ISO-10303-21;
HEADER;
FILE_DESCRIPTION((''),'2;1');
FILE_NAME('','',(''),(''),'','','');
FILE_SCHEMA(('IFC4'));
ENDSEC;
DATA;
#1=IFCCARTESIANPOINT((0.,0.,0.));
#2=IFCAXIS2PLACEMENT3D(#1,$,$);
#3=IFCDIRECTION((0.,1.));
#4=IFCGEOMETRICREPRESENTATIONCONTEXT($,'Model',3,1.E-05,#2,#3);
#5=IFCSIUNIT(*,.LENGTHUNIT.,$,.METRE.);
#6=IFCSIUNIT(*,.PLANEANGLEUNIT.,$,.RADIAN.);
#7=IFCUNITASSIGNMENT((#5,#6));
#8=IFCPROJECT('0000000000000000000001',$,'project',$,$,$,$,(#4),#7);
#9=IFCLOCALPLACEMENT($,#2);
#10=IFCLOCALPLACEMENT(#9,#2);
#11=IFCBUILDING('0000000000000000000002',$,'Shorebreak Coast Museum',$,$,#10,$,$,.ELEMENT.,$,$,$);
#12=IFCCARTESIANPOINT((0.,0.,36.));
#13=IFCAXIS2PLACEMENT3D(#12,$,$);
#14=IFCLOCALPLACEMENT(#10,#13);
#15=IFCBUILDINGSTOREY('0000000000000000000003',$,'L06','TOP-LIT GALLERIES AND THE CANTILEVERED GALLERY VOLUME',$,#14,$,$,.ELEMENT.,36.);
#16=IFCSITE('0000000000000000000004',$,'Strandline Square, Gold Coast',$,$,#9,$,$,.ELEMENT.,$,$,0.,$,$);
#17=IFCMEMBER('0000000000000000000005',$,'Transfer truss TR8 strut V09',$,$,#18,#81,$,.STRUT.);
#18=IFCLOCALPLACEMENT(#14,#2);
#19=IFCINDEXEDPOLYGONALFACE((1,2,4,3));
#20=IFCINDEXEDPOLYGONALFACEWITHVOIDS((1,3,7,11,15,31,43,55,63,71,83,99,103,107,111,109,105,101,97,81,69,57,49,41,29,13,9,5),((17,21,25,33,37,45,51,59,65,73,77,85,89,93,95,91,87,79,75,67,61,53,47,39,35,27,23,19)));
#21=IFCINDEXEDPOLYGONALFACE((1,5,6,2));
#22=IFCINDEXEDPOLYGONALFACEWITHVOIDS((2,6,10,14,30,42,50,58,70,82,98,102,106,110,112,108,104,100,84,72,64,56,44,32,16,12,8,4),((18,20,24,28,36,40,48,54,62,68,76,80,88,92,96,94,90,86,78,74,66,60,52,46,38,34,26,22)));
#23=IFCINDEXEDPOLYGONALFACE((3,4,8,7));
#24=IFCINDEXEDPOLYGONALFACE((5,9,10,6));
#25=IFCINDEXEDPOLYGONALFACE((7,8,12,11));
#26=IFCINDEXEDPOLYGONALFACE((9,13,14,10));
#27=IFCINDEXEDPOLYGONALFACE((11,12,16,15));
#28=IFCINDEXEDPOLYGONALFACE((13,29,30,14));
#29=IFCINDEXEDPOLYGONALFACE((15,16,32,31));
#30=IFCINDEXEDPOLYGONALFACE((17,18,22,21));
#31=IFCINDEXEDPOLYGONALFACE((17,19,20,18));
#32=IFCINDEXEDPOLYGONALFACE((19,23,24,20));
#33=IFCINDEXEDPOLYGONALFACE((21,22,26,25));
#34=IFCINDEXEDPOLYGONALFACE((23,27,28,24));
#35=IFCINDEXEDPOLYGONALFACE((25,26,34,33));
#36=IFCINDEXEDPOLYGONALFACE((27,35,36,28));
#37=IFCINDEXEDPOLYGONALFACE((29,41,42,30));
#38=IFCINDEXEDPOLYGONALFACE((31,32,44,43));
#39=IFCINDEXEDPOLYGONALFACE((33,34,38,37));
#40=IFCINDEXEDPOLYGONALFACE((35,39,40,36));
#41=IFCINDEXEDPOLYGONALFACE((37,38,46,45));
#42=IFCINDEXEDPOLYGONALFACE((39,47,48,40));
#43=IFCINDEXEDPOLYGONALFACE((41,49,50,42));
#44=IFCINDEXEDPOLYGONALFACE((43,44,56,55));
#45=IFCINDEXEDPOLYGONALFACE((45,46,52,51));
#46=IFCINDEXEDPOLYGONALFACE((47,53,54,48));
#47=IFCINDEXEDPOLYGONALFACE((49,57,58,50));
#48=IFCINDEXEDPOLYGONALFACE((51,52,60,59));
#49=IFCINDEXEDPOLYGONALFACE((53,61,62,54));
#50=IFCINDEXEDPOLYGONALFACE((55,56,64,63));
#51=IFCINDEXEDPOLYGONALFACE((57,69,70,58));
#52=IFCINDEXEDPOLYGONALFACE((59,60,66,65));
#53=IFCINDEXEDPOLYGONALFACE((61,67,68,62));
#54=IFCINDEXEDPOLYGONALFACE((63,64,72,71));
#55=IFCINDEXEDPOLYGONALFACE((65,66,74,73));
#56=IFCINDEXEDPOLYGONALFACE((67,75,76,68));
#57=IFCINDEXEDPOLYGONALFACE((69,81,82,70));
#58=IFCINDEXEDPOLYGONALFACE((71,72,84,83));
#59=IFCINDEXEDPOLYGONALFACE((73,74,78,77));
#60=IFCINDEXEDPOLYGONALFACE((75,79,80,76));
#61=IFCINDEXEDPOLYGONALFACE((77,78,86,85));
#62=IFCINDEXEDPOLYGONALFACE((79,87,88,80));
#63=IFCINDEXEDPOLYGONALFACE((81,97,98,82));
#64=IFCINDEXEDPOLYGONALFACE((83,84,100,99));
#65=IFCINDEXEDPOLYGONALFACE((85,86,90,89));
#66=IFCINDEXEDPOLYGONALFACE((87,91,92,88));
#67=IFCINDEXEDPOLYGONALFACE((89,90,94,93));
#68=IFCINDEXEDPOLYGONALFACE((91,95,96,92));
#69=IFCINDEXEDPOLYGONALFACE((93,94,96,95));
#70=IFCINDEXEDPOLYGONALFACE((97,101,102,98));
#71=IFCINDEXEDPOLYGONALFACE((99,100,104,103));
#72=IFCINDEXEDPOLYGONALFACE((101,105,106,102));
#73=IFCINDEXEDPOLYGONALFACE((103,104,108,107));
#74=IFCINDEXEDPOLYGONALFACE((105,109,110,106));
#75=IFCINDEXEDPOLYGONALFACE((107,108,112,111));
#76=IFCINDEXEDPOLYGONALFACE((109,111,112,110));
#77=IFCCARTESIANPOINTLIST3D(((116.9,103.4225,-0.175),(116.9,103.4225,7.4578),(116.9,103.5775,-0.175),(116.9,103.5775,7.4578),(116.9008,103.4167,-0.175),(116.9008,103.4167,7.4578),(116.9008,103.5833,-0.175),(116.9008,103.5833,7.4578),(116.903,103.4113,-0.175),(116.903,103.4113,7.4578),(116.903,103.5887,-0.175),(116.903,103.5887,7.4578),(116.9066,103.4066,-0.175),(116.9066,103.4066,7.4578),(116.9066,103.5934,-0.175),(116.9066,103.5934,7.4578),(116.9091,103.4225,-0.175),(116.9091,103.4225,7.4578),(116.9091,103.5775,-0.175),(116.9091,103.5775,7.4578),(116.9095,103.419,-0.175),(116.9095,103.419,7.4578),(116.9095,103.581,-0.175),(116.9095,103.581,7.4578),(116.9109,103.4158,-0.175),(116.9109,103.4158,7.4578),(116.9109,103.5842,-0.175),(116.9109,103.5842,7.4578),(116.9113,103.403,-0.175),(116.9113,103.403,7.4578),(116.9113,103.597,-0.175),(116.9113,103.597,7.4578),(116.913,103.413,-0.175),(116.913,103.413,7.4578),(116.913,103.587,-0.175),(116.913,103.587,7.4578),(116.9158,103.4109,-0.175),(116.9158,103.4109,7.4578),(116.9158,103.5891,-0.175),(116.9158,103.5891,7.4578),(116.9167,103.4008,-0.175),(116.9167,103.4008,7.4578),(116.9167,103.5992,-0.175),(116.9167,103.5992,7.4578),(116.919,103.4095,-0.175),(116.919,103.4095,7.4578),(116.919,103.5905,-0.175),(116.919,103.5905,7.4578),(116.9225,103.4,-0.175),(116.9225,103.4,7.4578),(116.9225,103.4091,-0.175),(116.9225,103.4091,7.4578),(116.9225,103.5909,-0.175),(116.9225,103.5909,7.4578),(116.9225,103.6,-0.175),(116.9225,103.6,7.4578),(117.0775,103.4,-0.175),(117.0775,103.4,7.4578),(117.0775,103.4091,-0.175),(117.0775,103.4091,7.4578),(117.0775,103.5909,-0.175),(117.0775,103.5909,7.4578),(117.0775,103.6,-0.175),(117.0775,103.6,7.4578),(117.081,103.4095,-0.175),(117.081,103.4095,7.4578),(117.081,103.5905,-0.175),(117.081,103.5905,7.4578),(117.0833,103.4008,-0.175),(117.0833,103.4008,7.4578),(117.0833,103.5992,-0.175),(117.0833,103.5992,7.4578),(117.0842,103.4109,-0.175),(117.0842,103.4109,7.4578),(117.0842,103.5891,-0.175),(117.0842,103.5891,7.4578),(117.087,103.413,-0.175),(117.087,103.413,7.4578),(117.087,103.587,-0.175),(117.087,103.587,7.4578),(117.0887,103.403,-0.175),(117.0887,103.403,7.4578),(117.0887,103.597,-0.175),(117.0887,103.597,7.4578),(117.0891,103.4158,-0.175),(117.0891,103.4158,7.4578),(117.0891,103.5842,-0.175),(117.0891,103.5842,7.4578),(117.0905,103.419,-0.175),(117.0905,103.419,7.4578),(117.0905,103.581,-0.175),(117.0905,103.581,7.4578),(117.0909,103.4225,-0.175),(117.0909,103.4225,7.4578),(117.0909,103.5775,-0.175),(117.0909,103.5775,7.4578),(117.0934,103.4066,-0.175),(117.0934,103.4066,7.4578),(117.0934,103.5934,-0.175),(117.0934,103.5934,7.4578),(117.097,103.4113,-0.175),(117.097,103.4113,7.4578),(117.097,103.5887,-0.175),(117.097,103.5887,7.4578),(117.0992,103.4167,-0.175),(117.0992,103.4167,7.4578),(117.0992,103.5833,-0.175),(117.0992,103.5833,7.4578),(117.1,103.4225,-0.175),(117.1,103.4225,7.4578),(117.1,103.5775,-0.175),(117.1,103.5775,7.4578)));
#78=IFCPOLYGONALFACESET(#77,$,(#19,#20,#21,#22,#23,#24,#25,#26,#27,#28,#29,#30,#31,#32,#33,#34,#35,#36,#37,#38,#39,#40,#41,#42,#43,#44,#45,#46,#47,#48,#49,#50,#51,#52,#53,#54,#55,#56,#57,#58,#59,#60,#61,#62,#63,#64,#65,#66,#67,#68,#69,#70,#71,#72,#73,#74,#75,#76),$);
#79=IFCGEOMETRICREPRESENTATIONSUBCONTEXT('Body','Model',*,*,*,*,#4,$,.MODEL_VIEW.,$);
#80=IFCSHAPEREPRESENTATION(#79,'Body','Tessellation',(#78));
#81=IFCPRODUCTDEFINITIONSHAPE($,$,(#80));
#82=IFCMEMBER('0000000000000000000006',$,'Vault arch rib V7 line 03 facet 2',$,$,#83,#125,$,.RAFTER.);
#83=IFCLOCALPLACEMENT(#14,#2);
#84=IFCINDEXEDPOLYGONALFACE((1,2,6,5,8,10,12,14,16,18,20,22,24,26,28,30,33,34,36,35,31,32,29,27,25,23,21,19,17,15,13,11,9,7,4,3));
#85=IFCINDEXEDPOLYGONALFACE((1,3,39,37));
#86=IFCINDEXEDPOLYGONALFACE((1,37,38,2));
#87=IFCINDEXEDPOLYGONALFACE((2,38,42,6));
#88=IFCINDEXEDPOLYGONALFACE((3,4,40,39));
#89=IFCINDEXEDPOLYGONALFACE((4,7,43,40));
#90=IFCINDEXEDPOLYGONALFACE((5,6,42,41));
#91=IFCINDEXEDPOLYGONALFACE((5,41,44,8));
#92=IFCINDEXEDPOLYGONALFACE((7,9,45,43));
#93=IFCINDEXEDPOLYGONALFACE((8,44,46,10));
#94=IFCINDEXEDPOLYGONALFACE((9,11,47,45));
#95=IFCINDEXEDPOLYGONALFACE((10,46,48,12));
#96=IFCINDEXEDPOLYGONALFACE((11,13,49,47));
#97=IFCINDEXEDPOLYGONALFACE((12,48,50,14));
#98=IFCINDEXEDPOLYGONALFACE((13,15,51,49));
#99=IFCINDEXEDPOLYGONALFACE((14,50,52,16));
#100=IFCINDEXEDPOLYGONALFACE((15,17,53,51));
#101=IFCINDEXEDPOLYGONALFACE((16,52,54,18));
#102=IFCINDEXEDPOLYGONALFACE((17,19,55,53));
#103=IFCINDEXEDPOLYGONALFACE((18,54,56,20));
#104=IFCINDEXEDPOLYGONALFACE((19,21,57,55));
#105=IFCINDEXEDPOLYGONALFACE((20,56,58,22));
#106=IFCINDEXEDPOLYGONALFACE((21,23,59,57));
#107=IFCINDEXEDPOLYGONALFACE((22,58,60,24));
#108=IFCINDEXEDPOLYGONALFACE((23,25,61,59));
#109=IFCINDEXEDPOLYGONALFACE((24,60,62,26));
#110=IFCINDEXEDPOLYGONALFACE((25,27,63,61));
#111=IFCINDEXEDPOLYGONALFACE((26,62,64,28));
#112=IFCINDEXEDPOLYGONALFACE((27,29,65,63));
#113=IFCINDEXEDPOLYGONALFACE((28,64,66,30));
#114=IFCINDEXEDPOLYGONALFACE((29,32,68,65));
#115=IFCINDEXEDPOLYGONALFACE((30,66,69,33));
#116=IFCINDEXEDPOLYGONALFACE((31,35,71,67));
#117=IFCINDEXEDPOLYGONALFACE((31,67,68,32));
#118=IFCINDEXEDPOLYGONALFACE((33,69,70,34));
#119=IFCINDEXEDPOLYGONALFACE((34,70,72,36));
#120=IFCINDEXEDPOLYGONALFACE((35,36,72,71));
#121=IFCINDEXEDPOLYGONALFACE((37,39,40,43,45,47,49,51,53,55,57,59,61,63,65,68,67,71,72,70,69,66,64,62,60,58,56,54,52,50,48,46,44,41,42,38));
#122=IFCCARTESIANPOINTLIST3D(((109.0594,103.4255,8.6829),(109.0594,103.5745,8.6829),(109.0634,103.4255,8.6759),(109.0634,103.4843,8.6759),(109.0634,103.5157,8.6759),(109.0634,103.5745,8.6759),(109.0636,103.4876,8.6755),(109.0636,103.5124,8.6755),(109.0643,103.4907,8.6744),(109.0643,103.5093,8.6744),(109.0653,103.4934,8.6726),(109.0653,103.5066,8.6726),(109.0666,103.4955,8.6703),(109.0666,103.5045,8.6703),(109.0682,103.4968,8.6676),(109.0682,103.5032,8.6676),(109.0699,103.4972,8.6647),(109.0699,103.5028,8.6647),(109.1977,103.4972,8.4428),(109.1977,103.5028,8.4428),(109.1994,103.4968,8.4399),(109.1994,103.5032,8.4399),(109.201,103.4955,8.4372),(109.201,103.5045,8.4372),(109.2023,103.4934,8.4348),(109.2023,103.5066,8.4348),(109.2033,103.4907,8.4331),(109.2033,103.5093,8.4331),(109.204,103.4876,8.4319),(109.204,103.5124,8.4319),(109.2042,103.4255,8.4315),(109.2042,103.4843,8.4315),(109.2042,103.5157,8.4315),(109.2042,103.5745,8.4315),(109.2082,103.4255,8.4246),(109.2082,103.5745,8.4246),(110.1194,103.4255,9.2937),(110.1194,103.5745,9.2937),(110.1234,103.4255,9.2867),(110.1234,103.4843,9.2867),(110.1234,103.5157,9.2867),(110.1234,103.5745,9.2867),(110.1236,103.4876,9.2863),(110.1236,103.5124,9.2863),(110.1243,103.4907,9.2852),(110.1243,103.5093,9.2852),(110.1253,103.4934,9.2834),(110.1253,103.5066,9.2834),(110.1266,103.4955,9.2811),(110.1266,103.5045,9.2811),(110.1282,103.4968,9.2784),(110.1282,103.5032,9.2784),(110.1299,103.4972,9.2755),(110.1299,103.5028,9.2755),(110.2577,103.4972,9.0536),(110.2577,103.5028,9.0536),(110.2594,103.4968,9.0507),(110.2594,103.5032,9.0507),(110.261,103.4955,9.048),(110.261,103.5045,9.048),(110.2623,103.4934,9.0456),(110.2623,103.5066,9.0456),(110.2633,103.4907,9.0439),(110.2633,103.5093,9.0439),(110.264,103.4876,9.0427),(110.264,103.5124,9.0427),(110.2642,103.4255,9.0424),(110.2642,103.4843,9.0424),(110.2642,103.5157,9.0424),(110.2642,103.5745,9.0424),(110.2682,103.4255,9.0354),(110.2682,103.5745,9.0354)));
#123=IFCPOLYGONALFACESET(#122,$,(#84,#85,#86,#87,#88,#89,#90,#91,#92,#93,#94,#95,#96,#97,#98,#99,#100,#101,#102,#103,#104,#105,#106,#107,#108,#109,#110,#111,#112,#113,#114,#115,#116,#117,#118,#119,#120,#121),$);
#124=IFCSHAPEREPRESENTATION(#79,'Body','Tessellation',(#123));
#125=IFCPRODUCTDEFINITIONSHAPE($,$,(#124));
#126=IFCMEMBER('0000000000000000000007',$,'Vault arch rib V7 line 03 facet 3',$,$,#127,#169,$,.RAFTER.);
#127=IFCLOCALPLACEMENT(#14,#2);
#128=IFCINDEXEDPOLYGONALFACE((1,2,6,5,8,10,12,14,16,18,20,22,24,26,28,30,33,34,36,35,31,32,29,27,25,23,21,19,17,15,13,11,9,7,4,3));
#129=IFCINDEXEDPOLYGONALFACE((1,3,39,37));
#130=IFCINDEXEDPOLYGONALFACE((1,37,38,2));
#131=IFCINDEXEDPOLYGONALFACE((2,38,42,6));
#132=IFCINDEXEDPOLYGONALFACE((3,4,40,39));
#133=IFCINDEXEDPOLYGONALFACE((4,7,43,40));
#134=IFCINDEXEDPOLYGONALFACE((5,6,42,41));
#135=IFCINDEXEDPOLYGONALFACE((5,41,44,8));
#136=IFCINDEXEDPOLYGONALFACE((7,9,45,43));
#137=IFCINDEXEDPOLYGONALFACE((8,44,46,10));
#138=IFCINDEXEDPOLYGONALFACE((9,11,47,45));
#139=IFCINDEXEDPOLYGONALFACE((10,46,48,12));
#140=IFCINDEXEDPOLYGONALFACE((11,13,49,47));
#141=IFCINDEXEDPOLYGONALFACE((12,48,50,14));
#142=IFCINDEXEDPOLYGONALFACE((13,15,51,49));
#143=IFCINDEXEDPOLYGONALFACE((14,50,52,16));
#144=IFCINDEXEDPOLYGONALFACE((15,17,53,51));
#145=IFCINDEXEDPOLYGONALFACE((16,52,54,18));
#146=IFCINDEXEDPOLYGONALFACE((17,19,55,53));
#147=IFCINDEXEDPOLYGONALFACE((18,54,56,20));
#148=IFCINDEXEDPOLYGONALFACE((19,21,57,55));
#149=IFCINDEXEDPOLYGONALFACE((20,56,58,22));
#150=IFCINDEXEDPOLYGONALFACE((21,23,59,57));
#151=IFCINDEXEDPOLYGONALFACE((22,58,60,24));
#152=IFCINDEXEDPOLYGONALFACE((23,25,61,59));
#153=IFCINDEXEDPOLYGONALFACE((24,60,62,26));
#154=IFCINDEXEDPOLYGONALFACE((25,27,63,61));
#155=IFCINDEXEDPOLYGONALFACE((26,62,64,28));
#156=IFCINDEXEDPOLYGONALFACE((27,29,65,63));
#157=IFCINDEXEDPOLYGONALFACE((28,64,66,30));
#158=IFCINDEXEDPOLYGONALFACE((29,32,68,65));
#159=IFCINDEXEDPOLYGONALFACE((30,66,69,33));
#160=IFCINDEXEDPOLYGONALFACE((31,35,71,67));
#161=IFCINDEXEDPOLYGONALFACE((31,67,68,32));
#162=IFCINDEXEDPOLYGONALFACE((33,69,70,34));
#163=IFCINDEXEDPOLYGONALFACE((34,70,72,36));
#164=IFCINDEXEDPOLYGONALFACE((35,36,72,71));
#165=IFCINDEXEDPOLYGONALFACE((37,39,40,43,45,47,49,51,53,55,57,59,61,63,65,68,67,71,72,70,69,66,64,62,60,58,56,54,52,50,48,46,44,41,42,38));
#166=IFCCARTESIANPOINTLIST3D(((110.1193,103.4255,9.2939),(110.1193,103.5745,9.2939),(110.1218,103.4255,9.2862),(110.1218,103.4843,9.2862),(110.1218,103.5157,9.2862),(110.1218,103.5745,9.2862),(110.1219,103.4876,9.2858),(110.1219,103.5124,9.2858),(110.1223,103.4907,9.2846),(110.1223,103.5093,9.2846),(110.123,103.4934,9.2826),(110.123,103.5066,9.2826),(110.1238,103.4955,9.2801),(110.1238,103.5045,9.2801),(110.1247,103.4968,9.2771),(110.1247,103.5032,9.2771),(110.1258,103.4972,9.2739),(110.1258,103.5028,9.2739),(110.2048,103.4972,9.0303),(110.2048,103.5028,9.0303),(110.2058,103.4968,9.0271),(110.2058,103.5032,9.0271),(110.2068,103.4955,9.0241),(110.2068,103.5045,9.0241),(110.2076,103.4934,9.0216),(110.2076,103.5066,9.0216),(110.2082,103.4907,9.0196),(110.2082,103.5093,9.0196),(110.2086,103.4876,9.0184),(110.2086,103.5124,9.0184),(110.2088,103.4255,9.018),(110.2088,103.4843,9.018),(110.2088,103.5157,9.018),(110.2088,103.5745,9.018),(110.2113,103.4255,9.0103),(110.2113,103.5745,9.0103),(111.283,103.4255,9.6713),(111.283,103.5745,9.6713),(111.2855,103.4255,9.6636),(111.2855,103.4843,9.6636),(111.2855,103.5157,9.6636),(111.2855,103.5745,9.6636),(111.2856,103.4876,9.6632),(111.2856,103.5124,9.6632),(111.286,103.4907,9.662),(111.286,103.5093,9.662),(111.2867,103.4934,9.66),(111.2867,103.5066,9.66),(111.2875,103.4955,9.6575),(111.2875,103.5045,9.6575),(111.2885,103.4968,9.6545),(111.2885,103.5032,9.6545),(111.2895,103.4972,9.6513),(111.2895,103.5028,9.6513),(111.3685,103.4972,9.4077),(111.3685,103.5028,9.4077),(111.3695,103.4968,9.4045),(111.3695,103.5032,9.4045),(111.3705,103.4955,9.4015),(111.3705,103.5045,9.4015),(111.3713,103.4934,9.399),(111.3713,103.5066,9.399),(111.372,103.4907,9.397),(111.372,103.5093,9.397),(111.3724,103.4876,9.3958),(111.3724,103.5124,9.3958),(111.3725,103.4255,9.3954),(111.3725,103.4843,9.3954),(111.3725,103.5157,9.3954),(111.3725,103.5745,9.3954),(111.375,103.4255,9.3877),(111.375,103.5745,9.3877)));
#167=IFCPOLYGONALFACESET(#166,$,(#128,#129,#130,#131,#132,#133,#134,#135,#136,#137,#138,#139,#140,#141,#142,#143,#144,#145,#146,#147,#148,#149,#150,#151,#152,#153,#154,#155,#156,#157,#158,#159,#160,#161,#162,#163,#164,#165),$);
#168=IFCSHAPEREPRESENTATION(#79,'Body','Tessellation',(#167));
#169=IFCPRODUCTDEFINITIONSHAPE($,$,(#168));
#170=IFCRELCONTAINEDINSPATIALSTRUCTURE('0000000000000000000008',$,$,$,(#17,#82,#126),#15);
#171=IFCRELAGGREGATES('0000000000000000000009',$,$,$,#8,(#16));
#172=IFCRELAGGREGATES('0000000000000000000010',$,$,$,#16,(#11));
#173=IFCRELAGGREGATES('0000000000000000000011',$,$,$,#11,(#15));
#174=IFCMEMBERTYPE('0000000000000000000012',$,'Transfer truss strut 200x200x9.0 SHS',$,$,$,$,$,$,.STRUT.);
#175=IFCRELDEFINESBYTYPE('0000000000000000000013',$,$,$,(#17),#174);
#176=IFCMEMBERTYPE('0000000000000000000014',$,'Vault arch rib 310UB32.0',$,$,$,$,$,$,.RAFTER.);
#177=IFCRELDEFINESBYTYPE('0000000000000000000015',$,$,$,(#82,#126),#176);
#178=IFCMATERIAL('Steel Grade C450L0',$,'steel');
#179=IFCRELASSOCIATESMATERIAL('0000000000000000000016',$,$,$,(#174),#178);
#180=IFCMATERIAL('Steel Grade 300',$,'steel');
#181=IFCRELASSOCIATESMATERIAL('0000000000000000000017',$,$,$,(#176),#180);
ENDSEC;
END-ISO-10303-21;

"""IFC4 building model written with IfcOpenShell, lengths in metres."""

from ifc_helpers import new_model, si_unit, direction, frame, origin, origin_2d, place, context, subcontext, project, spatial, hollow_rectangle, i_section, extrude, material, material_profile, profile_set, type_object, element, save


model = new_model("IFC4")

# Units and contexts
model_context = context("Model", 3, precision=1e-05, world=origin(), true_north=direction((0.0, 1.0)))
body_context = subcontext(model_context, "Body", "Model", "MODEL_VIEW")
ifc_project = project(units=[si_unit("LENGTHUNIT", "METRE"), si_unit("PLANEANGLEUNIT", "RADIAN")], contexts=[model_context])

# Site, building, storey
site_placement = place(None, origin())
site = spatial("IfcSite", under=ifc_project, at=site_placement, Name="Strandline Square, Gold Coast", CompositionType="ELEMENT", RefElevation=0.0)
building_placement = place(site_placement, origin())
building = spatial("IfcBuilding", under=site, at=building_placement, Name="Shorebreak Coast Museum", CompositionType="ELEMENT")
storey_placement = place(building_placement, frame((0.0, 0.0, 36.0)))
storey = spatial("IfcBuildingStorey", under=building, at=storey_placement, Name="L06", Description="TOP-LIT GALLERIES AND THE CANTILEVERED GALLERY VOLUME", CompositionType="ELEMENT", Elevation=36.0)

# Members
ifc_material_1 = material(Name="Steel Grade C450L0", Category="steel")
ifc_material_profile_1 = material_profile(ifc_material_1, hollow_rectangle(XDim=0.2, YDim=0.2, WallThickness=0.009, InnerFilletRadius=0.0134, OuterFilletRadius=0.0225, at=origin_2d()), Name="200x200x9.0 SHS")
ifc_profile_set_1 = profile_set([ifc_material_profile_1], Name="Steel Grade C450L0")
member_type_1 = type_object("IfcMemberType", Name="Transfer truss strut 200x200x9.0 SHS", PredefinedType="STRUT", material=ifc_profile_set_1)
member_1_placement = place(storey_placement, frame((117.0, 103.5, -0.175), z_axis=(0.0, 0.0, 1.0), x_axis=(1.0, 0.0, 0.0)))
element("IfcMember", 1, at=member_1_placement, inside=storey, type_object=member_type_1, Name="Transfer truss TR8 strut V09", PredefinedType="STRUT", context=body_context, shape_type="SweptSolid", body=[
    extrude(hollow_rectangle(XDim=0.2, YDim=0.2, WallThickness=0.009, InnerFilletRadius=0.0134, OuterFilletRadius=0.0225, at=origin_2d()), origin(), (0.0, 0.0, 1.0), 7.6328),
])
ifc_material_2 = material(Name="Steel Grade 300", Category="steel")
ifc_material_profile_2 = material_profile(ifc_material_2, i_section(OverallWidth=0.1489, OverallDepth=0.2981, WebThickness=0.0056, FlangeThickness=0.0081, FilletRadius=0.0129, at=origin_2d()), Name="310UB32.0")
ifc_profile_set_2 = profile_set([ifc_material_profile_2], Name="Steel Grade 300")
member_type_2 = type_object("IfcMemberType", Name="Vault arch rib 310UB32.0", PredefinedType="RAFTER", material=ifc_profile_set_2)
for number, where, z_axis, x_axis, name in (
    (2, (109.1338, 103.5, 8.5537), (0.866445, 0.0, 0.499273), (0.0, 1.0, 0.0), "Vault arch rib V7 line 03 facet 2"),
    (3, (110.1653, 103.5, 9.1521), (0.951226, 0.0, 0.308495), (0.0, 1.0, 0.0), "Vault arch rib V7 line 03 facet 3"),
):
    element("IfcMember", number, at=place(storey_placement, frame(where, z_axis=z_axis, x_axis=x_axis)), inside=storey, type_object=member_type_2, Name=name, PredefinedType="RAFTER", context=body_context, shape_type="SweptSolid", body=[
        extrude(i_section(OverallWidth=0.1489, OverallDepth=0.2981, WebThickness=0.0056, FlangeThickness=0.0081, FilletRadius=0.0129, at=origin_2d()), origin(), (0.0, 0.0, 1.0), 1.2234),
    ])

save(model, "model.ifc")
